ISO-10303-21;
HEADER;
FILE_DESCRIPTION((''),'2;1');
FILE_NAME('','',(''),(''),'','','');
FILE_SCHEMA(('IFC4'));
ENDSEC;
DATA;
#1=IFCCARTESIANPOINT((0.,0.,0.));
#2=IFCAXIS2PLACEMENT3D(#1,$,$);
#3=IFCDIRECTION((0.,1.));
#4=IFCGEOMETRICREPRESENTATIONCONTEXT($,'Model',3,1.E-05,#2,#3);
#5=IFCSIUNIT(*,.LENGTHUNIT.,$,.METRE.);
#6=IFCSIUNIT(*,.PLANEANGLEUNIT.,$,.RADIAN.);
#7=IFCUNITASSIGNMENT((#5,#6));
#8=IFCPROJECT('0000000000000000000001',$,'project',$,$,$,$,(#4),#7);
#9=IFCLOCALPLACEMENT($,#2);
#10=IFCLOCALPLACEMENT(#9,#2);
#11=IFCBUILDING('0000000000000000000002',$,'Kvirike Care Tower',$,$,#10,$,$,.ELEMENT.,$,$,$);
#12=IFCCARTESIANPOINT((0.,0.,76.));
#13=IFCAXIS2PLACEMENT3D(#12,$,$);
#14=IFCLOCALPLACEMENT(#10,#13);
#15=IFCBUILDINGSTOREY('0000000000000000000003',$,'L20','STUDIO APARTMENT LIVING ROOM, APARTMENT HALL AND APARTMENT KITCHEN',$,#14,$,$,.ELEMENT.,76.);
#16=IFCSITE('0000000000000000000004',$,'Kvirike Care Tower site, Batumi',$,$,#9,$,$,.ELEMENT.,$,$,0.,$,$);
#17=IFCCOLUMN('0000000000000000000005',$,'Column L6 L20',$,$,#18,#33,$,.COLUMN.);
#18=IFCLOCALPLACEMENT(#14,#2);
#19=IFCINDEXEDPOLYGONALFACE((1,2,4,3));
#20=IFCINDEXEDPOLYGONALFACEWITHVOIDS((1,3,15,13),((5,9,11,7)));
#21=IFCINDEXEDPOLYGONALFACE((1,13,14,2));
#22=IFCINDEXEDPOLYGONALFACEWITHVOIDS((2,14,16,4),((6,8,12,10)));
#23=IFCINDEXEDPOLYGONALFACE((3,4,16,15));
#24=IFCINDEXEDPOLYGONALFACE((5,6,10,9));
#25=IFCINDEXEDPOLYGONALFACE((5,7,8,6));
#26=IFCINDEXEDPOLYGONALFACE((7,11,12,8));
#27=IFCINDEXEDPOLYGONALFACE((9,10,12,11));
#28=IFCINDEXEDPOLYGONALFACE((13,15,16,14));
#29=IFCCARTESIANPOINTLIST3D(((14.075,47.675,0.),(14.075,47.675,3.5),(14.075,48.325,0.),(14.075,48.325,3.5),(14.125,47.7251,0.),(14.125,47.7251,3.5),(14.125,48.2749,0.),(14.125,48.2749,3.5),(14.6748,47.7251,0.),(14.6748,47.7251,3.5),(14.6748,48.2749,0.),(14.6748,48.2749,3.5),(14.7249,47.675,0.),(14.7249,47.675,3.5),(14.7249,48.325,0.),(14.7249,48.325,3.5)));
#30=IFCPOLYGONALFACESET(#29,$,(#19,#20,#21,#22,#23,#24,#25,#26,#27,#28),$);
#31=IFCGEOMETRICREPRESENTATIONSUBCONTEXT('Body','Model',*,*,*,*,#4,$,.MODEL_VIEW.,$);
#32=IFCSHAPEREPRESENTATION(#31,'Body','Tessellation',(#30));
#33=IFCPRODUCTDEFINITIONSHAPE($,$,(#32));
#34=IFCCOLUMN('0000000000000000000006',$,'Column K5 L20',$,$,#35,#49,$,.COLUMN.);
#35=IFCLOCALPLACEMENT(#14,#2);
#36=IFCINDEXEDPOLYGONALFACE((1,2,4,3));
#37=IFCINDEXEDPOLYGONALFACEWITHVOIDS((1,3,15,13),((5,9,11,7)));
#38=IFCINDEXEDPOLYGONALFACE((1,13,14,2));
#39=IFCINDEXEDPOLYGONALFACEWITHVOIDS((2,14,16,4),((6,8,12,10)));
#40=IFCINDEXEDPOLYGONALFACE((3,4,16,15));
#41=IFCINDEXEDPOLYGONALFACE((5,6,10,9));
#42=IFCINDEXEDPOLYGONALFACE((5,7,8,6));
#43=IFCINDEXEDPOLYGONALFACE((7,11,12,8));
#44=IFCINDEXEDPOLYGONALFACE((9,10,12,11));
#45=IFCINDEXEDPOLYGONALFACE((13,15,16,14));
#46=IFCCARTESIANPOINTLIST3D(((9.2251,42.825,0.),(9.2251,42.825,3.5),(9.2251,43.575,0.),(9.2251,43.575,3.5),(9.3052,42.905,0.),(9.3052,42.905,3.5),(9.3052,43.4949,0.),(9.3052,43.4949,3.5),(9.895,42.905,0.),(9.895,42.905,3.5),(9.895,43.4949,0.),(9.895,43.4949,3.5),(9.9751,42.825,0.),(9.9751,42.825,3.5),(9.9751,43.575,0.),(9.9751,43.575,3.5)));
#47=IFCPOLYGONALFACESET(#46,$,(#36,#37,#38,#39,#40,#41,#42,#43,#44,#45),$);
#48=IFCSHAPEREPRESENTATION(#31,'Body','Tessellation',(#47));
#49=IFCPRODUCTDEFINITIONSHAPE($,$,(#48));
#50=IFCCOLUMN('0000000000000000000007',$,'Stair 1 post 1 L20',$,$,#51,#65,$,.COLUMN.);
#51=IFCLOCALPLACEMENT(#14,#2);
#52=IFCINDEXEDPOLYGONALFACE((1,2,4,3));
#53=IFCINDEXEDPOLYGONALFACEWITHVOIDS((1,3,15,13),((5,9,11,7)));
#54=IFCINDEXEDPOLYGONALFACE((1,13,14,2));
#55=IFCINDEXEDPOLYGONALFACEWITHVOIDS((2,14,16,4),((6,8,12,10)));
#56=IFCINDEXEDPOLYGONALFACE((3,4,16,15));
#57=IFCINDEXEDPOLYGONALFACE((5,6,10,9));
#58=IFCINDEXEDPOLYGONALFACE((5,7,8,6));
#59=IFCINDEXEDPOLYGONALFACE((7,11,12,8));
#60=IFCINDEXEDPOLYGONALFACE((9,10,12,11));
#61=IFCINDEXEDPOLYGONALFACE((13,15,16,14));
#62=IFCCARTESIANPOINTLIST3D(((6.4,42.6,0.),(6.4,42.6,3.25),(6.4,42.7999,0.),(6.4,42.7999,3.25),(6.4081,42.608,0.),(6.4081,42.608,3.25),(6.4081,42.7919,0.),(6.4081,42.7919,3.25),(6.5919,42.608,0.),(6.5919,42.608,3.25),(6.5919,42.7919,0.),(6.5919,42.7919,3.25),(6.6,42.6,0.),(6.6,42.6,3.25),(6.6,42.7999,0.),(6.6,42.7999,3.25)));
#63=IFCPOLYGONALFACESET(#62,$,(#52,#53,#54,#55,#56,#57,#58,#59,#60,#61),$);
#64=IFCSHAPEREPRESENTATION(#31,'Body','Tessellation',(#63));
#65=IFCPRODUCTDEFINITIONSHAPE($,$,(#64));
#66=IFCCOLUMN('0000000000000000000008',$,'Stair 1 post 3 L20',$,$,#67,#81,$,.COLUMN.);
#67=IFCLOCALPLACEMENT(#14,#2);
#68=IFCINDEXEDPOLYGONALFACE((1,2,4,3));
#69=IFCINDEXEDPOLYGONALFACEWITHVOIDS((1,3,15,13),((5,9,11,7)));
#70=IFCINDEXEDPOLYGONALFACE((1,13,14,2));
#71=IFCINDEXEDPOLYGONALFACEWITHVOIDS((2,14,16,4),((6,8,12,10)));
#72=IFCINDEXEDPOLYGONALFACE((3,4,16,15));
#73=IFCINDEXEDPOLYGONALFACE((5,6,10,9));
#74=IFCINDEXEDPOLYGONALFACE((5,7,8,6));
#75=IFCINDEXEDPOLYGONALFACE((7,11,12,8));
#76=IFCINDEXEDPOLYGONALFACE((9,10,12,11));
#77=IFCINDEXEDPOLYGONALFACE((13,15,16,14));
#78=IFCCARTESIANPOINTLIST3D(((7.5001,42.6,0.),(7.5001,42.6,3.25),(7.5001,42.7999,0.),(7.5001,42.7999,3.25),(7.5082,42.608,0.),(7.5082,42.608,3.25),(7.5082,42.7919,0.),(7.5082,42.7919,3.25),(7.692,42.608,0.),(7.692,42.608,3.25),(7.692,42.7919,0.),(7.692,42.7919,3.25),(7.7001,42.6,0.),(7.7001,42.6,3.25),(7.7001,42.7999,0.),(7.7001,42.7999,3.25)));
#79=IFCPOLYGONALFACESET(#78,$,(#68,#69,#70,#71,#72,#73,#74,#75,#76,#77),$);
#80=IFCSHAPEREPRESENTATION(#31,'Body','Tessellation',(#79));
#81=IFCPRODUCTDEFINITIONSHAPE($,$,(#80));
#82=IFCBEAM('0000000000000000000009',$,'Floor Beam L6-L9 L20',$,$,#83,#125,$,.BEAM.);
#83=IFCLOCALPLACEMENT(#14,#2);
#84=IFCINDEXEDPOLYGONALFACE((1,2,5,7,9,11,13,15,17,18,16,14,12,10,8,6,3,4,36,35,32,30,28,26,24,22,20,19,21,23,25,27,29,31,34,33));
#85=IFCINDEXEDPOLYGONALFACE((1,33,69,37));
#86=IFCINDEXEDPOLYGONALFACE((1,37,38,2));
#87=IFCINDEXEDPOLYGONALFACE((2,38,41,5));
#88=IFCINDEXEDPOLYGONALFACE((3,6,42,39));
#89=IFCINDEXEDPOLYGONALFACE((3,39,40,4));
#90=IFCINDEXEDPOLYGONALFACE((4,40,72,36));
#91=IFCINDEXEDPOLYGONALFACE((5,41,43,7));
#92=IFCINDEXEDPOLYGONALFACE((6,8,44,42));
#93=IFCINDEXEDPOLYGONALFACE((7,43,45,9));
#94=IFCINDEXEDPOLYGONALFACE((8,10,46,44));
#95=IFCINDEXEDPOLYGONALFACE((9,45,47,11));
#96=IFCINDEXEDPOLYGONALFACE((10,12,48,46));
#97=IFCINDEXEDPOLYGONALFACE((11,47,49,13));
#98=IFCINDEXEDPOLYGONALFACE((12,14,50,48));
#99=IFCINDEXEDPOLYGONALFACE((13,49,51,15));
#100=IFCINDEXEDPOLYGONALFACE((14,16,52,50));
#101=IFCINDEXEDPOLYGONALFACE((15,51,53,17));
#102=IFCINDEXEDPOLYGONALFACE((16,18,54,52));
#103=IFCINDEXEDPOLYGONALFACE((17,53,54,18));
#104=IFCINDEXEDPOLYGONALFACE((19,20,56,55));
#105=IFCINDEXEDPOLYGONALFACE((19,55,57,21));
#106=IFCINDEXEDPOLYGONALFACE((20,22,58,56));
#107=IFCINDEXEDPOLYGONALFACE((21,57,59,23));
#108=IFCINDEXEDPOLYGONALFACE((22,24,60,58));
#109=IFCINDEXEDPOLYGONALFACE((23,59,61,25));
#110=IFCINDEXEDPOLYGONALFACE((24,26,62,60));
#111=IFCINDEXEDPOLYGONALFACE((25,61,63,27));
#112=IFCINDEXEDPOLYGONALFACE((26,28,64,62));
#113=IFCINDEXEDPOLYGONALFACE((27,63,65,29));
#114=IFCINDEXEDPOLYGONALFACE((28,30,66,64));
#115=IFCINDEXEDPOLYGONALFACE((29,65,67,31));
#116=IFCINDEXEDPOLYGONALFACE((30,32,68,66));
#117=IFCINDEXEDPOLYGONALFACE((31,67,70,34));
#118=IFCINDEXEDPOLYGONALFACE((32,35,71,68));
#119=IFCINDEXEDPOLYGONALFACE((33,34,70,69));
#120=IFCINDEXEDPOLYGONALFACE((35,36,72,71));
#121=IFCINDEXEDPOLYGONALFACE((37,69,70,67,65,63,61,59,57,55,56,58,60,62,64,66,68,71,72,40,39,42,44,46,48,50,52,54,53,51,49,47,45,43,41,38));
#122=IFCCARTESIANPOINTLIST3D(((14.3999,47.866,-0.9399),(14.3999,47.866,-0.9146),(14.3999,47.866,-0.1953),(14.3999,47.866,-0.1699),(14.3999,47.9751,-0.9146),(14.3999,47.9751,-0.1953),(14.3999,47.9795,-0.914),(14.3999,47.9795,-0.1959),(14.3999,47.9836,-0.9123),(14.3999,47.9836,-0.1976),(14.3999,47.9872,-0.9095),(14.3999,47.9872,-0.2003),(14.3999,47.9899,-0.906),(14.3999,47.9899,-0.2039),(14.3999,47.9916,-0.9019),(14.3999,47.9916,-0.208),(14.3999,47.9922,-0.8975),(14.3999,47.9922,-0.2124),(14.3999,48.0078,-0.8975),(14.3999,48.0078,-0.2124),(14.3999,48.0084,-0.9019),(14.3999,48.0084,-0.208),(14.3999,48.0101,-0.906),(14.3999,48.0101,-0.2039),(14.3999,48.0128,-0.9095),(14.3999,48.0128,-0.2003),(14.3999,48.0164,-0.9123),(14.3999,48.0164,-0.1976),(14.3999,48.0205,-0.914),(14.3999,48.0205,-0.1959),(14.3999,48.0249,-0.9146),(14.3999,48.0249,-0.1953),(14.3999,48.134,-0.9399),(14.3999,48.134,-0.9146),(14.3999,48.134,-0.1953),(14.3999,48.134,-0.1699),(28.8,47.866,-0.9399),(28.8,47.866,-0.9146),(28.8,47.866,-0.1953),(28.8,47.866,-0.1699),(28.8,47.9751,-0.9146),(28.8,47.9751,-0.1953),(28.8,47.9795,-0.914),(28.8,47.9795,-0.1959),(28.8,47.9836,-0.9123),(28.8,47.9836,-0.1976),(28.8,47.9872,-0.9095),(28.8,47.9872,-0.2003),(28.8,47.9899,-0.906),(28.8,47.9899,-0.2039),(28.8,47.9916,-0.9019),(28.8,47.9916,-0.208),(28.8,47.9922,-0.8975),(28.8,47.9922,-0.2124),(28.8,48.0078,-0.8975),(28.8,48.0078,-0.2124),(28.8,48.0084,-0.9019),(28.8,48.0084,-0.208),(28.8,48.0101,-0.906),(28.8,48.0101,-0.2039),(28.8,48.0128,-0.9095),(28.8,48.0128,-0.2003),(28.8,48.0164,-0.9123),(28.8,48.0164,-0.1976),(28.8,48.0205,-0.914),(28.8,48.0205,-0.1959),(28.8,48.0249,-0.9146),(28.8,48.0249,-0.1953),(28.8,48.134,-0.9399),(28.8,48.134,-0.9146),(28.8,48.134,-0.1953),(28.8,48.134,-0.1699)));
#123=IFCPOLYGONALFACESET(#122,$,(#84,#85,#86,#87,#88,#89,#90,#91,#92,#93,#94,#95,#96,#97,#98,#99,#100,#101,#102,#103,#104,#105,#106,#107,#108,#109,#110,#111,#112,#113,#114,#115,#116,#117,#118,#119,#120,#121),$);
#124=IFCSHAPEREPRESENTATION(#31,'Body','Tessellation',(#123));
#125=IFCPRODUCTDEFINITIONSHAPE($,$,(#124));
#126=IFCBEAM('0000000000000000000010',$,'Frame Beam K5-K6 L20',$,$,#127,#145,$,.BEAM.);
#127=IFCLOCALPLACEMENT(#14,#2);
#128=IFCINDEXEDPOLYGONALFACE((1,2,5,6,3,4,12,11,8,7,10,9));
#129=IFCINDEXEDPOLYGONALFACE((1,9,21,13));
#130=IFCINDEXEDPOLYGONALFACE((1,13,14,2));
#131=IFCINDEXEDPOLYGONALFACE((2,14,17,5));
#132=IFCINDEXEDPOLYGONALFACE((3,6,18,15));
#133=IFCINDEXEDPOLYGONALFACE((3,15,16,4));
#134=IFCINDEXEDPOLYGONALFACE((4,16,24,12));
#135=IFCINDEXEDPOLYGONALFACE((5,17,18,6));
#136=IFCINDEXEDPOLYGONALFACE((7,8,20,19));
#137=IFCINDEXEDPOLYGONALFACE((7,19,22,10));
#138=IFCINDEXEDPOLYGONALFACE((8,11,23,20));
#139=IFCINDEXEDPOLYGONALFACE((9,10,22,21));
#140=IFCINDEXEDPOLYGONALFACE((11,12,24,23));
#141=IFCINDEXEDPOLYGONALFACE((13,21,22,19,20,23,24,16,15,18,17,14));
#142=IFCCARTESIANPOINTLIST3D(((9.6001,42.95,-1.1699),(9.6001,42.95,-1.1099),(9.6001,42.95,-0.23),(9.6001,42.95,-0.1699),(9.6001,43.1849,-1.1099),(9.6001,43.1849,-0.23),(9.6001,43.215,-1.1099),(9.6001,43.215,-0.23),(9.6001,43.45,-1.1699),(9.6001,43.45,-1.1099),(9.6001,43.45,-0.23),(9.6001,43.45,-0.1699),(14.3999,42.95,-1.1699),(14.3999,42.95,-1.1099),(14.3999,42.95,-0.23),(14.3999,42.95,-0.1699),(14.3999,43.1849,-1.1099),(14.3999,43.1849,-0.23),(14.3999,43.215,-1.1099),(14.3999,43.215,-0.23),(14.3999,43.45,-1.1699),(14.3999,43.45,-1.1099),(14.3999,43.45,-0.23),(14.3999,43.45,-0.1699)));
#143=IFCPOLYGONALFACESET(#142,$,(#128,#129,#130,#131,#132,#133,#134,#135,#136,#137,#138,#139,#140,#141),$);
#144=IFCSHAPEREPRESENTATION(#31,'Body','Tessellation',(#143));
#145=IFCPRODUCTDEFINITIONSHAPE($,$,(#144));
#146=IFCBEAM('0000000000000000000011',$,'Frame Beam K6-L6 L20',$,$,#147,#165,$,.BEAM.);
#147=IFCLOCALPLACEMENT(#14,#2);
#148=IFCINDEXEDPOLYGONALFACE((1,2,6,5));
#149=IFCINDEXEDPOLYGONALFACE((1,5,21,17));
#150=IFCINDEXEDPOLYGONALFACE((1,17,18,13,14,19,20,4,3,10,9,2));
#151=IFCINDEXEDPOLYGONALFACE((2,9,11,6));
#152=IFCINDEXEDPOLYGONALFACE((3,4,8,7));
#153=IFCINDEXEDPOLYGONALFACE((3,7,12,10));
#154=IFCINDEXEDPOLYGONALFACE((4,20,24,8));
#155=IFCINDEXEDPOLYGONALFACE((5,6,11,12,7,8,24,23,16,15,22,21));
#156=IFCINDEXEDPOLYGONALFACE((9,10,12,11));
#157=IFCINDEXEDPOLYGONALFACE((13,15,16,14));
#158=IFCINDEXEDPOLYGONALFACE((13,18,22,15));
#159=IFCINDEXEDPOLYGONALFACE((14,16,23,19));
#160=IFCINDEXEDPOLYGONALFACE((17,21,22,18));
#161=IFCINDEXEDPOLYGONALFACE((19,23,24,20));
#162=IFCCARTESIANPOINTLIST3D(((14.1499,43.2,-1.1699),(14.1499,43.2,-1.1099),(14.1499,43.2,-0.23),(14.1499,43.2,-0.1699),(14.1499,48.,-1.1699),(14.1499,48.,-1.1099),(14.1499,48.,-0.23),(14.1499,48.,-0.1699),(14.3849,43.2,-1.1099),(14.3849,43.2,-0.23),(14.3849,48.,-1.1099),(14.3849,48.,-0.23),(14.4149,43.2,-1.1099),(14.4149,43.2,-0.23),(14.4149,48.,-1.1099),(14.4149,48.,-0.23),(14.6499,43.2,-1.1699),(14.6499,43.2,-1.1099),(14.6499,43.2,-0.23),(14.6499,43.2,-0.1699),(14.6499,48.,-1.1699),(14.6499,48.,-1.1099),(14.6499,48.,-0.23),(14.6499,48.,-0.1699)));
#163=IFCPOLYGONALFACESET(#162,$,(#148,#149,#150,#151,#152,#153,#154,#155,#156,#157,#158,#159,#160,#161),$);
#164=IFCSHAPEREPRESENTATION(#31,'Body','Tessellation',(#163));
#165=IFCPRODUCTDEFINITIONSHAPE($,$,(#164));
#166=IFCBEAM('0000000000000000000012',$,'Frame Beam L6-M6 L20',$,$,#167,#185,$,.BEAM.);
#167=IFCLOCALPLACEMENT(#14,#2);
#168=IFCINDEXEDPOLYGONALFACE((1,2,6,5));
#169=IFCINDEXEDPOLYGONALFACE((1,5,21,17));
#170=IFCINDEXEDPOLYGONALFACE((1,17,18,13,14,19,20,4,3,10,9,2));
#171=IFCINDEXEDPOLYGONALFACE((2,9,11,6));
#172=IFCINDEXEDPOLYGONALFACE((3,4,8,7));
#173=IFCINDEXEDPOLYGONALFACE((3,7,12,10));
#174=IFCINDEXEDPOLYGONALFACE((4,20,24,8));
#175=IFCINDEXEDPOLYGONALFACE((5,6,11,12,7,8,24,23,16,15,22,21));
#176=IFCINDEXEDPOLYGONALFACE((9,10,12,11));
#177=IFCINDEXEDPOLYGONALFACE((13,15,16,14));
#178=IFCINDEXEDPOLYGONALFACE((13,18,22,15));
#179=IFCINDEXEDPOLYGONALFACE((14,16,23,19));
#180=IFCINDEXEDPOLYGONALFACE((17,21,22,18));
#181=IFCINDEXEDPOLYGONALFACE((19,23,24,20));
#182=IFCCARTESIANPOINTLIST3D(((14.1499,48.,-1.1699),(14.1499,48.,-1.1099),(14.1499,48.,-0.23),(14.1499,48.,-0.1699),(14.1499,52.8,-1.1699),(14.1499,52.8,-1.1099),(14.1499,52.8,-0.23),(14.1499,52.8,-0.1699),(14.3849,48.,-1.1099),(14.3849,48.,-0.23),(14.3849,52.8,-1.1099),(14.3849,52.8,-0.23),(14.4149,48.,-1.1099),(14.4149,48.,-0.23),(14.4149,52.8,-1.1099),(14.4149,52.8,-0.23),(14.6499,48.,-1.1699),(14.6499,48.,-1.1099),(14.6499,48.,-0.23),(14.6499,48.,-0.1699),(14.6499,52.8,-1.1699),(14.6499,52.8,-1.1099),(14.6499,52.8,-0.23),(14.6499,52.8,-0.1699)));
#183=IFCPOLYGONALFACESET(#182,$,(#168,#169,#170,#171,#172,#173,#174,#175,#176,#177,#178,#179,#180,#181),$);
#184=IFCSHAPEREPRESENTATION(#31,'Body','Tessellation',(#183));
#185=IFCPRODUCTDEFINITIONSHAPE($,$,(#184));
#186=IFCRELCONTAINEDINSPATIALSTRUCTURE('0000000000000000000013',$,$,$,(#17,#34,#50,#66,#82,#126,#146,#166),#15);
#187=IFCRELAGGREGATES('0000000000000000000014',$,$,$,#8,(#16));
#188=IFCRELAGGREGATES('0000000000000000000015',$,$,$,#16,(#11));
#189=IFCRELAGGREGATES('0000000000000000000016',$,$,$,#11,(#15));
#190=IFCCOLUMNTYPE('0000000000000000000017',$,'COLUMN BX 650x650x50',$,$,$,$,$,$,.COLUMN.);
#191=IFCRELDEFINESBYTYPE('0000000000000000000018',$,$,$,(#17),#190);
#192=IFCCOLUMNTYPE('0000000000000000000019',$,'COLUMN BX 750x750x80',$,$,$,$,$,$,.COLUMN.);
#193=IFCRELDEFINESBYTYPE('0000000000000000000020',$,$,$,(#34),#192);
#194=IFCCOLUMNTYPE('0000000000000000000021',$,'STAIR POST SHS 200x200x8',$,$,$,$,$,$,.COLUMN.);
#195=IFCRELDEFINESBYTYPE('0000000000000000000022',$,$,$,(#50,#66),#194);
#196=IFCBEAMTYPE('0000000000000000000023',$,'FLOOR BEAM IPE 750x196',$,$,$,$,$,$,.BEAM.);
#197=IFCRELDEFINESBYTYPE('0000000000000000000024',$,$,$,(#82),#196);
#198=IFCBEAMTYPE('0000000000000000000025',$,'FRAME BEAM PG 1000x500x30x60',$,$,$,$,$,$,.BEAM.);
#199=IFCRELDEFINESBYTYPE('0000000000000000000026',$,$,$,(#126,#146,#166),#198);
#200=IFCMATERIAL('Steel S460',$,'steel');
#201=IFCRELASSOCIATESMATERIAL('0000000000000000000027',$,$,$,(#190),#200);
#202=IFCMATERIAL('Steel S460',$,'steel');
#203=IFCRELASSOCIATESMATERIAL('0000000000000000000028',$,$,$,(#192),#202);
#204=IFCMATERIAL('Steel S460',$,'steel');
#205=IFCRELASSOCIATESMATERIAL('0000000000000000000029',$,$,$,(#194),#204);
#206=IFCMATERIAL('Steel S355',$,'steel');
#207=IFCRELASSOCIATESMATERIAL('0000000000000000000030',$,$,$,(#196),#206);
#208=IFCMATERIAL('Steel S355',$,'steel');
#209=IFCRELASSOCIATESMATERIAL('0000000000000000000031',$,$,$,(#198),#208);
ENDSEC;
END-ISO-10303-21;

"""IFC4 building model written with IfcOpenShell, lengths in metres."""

from ifc_helpers import new_model, si_unit, direction, frame, origin, origin_2d, place, context, subcontext, project, spatial, hollow_rectangle, i_section, extrude, material, material_profile, profile_set, type_object, element, save


model = new_model("IFC4")

# Units and contexts
model_context = context("Model", 3, precision=1e-05, world=origin(), true_north=direction((0.0, 1.0)))
body_context = subcontext(model_context, "Body", "Model", "MODEL_VIEW")
ifc_project = project(units=[si_unit("LENGTHUNIT", "METRE"), si_unit("PLANEANGLEUNIT", "RADIAN")], contexts=[model_context])

# Site, building, storey
site_placement = place(None, origin())
site = spatial("IfcSite", under=ifc_project, at=site_placement, Name="Kvirike Care Tower site, Batumi", CompositionType="ELEMENT", RefElevation=0.0)
building_placement = place(site_placement, origin())
building = spatial("IfcBuilding", under=site, at=building_placement, Name="Kvirike Care Tower", CompositionType="ELEMENT")
storey_placement = place(building_placement, frame((0.0, 0.0, 76.0)))
storey = spatial("IfcBuildingStorey", under=building, at=storey_placement, Name="L20", Description="STUDIO APARTMENT LIVING ROOM, APARTMENT HALL AND APARTMENT KITCHEN", CompositionType="ELEMENT", Elevation=76.0)

# Columns
ifc_material_1 = material(Name="Steel S460", Category="steel")
ifc_material_profile_1 = material_profile(ifc_material_1, hollow_rectangle(XDim=0.6499, YDim=0.6499, WallThickness=0.05, at=origin_2d()), Name="BX 650x650x50")
ifc_profile_set_1 = profile_set([ifc_material_profile_1], Name="Steel S460")
column_type_1 = type_object("IfcColumnType", Name="COLUMN BX 650x650x50", PredefinedType="COLUMN", material=ifc_profile_set_1)
column_1_placement = place(storey_placement, frame((14.3999, 48.0, 0.0), z_axis=(0.0, 0.0, 1.0), x_axis=(1.0, 0.0, 0.0)))
element("IfcColumn", 1, at=column_1_placement, inside=storey, type_object=column_type_1, Name="Column L6 L20", PredefinedType="COLUMN", context=body_context, shape_type="SweptSolid", body=[
    extrude(hollow_rectangle(XDim=0.6499, YDim=0.6499, WallThickness=0.05, at=origin_2d()), origin(), (0.0, 0.0, 1.0), 3.5),
])
ifc_material_2 = material(Name="Steel S460", Category="steel")
ifc_material_profile_2 = material_profile(ifc_material_2, hollow_rectangle(XDim=0.75, YDim=0.75, WallThickness=0.0801, at=origin_2d()), Name="BX 750x750x80")
ifc_profile_set_2 = profile_set([ifc_material_profile_2], Name="Steel S460")
column_type_2 = type_object("IfcColumnType", Name="COLUMN BX 750x750x80", PredefinedType="COLUMN", material=ifc_profile_set_2)
column_2_placement = place(storey_placement, frame((9.6001, 43.2, 0.0), z_axis=(0.0, 0.0, 1.0), x_axis=(0.0, 1.0, 0.0)))
element("IfcColumn", 2, at=column_2_placement, inside=storey, type_object=column_type_2, Name="Column K5 L20", PredefinedType="COLUMN", context=body_context, shape_type="SweptSolid", body=[
    extrude(hollow_rectangle(XDim=0.75, YDim=0.75, WallThickness=0.0801, at=origin_2d()), origin(), (0.0, 0.0, 1.0), 3.5),
])
ifc_material_3 = material(Name="Steel S460", Category="steel")
ifc_material_profile_3 = material_profile(ifc_material_3, hollow_rectangle(XDim=0.2, YDim=0.2, WallThickness=0.0081, at=origin_2d()), Name="SHS 200x200x8")
ifc_profile_set_3 = profile_set([ifc_material_profile_3], Name="Steel S460")
column_type_3 = type_object("IfcColumnType", Name="STAIR POST SHS 200x200x8", PredefinedType="COLUMN", material=ifc_profile_set_3)
for number, where, z_axis, x_axis, name in (
    (3, (6.5, 42.7, 0.0), (0.0, 0.0, 1.0), (1.0, 0.0, 0.0), "Stair 1 post 1 L20"),
    (4, (7.6001, 42.7, 0.0), (0.0, 0.0, 1.0), (1.0, 0.0, 0.0), "Stair 1 post 3 L20"),
):
    element("IfcColumn", number, at=place(storey_placement, frame(where, z_axis=z_axis, x_axis=x_axis)), inside=storey, type_object=column_type_3, Name=name, PredefinedType="COLUMN", context=body_context, shape_type="SweptSolid", body=[
        extrude(hollow_rectangle(XDim=0.2, YDim=0.2, WallThickness=0.0081, at=origin_2d()), origin(), (0.0, 0.0, 1.0), 3.25),
    ])

# Beams
ifc_material_4 = material(Name="Steel S355", Category="steel")
ifc_material_profile_4 = material_profile(ifc_material_4, i_section(OverallWidth=0.2681, OverallDepth=0.77, WebThickness=0.0156, FlangeThickness=0.0254, FilletRadius=0.0171, at=origin_2d()), Name="IPE 750x196")
ifc_profile_set_4 = profile_set([ifc_material_profile_4], Name="Steel S355")
beam_type_1 = type_object("IfcBeamType", Name="FLOOR BEAM IPE 750x196", PredefinedType="BEAM", material=ifc_profile_set_4)
beam_1_placement = place(storey_placement, frame((14.3999, 48.0, -0.5549), z_axis=(1.0, 0.0, 0.0), x_axis=(0.0, 1.0, 0.0)))
element("IfcBeam", 5, at=beam_1_placement, inside=storey, type_object=beam_type_1, Name="Floor Beam L6-L9 L20", PredefinedType="BEAM", context=body_context, shape_type="SweptSolid", body=[
    extrude(i_section(OverallWidth=0.2681, OverallDepth=0.77, WebThickness=0.0156, FlangeThickness=0.0254, FilletRadius=0.0171, at=origin_2d()), origin(), (0.0, 0.0, 1.0), 14.4001),
])
ifc_material_5 = material(Name="Steel S355", Category="steel")
ifc_material_profile_5 = material_profile(ifc_material_5, i_section(OverallWidth=0.5, OverallDepth=1.0, WebThickness=0.03, FlangeThickness=0.0601, at=origin_2d()), Name="PG 1000x500x30x60")
ifc_profile_set_5 = profile_set([ifc_material_profile_5], Name="Steel S355")
beam_type_2 = type_object("IfcBeamType", Name="FRAME BEAM PG 1000x500x30x60", PredefinedType="BEAM", material=ifc_profile_set_5)
beam_2_placement = place(storey_placement, frame((9.6001, 43.2, -0.6699), z_axis=(1.0, 0.0, 0.0), x_axis=(0.0, 1.0, 0.0)))
element("IfcBeam", 6, at=beam_2_placement, inside=storey, type_object=beam_type_2, Name="Frame Beam K5-K6 L20", PredefinedType="BEAM", context=body_context, shape_type="SweptSolid", body=[
    extrude(i_section(OverallWidth=0.5, OverallDepth=1.0, WebThickness=0.03, FlangeThickness=0.0601, at=origin_2d()), origin(), (0.0, 0.0, 1.0), 4.7998),
])
for number, where, z_axis, x_axis, name in (
    (7, (14.3999, 43.2, -0.6699), (0.0, 1.0, 0.0), (-1.0, 0.0, 0.0), "Frame Beam K6-L6 L20"),
    (8, (14.3999, 48.0, -0.6699), (0.0, 1.0, 0.0), (-1.0, 0.0, 0.0), "Frame Beam L6-M6 L20"),
):
    element("IfcBeam", number, at=place(storey_placement, frame(where, z_axis=z_axis, x_axis=x_axis)), inside=storey, type_object=beam_type_2, Name=name, PredefinedType="BEAM", context=body_context, shape_type="SweptSolid", body=[
        extrude(i_section(OverallWidth=0.5, OverallDepth=1.0, WebThickness=0.03, FlangeThickness=0.0601, at=origin_2d()), origin(), (0.0, 0.0, 1.0), 4.8),
    ])

save(model, "model.ifc")
